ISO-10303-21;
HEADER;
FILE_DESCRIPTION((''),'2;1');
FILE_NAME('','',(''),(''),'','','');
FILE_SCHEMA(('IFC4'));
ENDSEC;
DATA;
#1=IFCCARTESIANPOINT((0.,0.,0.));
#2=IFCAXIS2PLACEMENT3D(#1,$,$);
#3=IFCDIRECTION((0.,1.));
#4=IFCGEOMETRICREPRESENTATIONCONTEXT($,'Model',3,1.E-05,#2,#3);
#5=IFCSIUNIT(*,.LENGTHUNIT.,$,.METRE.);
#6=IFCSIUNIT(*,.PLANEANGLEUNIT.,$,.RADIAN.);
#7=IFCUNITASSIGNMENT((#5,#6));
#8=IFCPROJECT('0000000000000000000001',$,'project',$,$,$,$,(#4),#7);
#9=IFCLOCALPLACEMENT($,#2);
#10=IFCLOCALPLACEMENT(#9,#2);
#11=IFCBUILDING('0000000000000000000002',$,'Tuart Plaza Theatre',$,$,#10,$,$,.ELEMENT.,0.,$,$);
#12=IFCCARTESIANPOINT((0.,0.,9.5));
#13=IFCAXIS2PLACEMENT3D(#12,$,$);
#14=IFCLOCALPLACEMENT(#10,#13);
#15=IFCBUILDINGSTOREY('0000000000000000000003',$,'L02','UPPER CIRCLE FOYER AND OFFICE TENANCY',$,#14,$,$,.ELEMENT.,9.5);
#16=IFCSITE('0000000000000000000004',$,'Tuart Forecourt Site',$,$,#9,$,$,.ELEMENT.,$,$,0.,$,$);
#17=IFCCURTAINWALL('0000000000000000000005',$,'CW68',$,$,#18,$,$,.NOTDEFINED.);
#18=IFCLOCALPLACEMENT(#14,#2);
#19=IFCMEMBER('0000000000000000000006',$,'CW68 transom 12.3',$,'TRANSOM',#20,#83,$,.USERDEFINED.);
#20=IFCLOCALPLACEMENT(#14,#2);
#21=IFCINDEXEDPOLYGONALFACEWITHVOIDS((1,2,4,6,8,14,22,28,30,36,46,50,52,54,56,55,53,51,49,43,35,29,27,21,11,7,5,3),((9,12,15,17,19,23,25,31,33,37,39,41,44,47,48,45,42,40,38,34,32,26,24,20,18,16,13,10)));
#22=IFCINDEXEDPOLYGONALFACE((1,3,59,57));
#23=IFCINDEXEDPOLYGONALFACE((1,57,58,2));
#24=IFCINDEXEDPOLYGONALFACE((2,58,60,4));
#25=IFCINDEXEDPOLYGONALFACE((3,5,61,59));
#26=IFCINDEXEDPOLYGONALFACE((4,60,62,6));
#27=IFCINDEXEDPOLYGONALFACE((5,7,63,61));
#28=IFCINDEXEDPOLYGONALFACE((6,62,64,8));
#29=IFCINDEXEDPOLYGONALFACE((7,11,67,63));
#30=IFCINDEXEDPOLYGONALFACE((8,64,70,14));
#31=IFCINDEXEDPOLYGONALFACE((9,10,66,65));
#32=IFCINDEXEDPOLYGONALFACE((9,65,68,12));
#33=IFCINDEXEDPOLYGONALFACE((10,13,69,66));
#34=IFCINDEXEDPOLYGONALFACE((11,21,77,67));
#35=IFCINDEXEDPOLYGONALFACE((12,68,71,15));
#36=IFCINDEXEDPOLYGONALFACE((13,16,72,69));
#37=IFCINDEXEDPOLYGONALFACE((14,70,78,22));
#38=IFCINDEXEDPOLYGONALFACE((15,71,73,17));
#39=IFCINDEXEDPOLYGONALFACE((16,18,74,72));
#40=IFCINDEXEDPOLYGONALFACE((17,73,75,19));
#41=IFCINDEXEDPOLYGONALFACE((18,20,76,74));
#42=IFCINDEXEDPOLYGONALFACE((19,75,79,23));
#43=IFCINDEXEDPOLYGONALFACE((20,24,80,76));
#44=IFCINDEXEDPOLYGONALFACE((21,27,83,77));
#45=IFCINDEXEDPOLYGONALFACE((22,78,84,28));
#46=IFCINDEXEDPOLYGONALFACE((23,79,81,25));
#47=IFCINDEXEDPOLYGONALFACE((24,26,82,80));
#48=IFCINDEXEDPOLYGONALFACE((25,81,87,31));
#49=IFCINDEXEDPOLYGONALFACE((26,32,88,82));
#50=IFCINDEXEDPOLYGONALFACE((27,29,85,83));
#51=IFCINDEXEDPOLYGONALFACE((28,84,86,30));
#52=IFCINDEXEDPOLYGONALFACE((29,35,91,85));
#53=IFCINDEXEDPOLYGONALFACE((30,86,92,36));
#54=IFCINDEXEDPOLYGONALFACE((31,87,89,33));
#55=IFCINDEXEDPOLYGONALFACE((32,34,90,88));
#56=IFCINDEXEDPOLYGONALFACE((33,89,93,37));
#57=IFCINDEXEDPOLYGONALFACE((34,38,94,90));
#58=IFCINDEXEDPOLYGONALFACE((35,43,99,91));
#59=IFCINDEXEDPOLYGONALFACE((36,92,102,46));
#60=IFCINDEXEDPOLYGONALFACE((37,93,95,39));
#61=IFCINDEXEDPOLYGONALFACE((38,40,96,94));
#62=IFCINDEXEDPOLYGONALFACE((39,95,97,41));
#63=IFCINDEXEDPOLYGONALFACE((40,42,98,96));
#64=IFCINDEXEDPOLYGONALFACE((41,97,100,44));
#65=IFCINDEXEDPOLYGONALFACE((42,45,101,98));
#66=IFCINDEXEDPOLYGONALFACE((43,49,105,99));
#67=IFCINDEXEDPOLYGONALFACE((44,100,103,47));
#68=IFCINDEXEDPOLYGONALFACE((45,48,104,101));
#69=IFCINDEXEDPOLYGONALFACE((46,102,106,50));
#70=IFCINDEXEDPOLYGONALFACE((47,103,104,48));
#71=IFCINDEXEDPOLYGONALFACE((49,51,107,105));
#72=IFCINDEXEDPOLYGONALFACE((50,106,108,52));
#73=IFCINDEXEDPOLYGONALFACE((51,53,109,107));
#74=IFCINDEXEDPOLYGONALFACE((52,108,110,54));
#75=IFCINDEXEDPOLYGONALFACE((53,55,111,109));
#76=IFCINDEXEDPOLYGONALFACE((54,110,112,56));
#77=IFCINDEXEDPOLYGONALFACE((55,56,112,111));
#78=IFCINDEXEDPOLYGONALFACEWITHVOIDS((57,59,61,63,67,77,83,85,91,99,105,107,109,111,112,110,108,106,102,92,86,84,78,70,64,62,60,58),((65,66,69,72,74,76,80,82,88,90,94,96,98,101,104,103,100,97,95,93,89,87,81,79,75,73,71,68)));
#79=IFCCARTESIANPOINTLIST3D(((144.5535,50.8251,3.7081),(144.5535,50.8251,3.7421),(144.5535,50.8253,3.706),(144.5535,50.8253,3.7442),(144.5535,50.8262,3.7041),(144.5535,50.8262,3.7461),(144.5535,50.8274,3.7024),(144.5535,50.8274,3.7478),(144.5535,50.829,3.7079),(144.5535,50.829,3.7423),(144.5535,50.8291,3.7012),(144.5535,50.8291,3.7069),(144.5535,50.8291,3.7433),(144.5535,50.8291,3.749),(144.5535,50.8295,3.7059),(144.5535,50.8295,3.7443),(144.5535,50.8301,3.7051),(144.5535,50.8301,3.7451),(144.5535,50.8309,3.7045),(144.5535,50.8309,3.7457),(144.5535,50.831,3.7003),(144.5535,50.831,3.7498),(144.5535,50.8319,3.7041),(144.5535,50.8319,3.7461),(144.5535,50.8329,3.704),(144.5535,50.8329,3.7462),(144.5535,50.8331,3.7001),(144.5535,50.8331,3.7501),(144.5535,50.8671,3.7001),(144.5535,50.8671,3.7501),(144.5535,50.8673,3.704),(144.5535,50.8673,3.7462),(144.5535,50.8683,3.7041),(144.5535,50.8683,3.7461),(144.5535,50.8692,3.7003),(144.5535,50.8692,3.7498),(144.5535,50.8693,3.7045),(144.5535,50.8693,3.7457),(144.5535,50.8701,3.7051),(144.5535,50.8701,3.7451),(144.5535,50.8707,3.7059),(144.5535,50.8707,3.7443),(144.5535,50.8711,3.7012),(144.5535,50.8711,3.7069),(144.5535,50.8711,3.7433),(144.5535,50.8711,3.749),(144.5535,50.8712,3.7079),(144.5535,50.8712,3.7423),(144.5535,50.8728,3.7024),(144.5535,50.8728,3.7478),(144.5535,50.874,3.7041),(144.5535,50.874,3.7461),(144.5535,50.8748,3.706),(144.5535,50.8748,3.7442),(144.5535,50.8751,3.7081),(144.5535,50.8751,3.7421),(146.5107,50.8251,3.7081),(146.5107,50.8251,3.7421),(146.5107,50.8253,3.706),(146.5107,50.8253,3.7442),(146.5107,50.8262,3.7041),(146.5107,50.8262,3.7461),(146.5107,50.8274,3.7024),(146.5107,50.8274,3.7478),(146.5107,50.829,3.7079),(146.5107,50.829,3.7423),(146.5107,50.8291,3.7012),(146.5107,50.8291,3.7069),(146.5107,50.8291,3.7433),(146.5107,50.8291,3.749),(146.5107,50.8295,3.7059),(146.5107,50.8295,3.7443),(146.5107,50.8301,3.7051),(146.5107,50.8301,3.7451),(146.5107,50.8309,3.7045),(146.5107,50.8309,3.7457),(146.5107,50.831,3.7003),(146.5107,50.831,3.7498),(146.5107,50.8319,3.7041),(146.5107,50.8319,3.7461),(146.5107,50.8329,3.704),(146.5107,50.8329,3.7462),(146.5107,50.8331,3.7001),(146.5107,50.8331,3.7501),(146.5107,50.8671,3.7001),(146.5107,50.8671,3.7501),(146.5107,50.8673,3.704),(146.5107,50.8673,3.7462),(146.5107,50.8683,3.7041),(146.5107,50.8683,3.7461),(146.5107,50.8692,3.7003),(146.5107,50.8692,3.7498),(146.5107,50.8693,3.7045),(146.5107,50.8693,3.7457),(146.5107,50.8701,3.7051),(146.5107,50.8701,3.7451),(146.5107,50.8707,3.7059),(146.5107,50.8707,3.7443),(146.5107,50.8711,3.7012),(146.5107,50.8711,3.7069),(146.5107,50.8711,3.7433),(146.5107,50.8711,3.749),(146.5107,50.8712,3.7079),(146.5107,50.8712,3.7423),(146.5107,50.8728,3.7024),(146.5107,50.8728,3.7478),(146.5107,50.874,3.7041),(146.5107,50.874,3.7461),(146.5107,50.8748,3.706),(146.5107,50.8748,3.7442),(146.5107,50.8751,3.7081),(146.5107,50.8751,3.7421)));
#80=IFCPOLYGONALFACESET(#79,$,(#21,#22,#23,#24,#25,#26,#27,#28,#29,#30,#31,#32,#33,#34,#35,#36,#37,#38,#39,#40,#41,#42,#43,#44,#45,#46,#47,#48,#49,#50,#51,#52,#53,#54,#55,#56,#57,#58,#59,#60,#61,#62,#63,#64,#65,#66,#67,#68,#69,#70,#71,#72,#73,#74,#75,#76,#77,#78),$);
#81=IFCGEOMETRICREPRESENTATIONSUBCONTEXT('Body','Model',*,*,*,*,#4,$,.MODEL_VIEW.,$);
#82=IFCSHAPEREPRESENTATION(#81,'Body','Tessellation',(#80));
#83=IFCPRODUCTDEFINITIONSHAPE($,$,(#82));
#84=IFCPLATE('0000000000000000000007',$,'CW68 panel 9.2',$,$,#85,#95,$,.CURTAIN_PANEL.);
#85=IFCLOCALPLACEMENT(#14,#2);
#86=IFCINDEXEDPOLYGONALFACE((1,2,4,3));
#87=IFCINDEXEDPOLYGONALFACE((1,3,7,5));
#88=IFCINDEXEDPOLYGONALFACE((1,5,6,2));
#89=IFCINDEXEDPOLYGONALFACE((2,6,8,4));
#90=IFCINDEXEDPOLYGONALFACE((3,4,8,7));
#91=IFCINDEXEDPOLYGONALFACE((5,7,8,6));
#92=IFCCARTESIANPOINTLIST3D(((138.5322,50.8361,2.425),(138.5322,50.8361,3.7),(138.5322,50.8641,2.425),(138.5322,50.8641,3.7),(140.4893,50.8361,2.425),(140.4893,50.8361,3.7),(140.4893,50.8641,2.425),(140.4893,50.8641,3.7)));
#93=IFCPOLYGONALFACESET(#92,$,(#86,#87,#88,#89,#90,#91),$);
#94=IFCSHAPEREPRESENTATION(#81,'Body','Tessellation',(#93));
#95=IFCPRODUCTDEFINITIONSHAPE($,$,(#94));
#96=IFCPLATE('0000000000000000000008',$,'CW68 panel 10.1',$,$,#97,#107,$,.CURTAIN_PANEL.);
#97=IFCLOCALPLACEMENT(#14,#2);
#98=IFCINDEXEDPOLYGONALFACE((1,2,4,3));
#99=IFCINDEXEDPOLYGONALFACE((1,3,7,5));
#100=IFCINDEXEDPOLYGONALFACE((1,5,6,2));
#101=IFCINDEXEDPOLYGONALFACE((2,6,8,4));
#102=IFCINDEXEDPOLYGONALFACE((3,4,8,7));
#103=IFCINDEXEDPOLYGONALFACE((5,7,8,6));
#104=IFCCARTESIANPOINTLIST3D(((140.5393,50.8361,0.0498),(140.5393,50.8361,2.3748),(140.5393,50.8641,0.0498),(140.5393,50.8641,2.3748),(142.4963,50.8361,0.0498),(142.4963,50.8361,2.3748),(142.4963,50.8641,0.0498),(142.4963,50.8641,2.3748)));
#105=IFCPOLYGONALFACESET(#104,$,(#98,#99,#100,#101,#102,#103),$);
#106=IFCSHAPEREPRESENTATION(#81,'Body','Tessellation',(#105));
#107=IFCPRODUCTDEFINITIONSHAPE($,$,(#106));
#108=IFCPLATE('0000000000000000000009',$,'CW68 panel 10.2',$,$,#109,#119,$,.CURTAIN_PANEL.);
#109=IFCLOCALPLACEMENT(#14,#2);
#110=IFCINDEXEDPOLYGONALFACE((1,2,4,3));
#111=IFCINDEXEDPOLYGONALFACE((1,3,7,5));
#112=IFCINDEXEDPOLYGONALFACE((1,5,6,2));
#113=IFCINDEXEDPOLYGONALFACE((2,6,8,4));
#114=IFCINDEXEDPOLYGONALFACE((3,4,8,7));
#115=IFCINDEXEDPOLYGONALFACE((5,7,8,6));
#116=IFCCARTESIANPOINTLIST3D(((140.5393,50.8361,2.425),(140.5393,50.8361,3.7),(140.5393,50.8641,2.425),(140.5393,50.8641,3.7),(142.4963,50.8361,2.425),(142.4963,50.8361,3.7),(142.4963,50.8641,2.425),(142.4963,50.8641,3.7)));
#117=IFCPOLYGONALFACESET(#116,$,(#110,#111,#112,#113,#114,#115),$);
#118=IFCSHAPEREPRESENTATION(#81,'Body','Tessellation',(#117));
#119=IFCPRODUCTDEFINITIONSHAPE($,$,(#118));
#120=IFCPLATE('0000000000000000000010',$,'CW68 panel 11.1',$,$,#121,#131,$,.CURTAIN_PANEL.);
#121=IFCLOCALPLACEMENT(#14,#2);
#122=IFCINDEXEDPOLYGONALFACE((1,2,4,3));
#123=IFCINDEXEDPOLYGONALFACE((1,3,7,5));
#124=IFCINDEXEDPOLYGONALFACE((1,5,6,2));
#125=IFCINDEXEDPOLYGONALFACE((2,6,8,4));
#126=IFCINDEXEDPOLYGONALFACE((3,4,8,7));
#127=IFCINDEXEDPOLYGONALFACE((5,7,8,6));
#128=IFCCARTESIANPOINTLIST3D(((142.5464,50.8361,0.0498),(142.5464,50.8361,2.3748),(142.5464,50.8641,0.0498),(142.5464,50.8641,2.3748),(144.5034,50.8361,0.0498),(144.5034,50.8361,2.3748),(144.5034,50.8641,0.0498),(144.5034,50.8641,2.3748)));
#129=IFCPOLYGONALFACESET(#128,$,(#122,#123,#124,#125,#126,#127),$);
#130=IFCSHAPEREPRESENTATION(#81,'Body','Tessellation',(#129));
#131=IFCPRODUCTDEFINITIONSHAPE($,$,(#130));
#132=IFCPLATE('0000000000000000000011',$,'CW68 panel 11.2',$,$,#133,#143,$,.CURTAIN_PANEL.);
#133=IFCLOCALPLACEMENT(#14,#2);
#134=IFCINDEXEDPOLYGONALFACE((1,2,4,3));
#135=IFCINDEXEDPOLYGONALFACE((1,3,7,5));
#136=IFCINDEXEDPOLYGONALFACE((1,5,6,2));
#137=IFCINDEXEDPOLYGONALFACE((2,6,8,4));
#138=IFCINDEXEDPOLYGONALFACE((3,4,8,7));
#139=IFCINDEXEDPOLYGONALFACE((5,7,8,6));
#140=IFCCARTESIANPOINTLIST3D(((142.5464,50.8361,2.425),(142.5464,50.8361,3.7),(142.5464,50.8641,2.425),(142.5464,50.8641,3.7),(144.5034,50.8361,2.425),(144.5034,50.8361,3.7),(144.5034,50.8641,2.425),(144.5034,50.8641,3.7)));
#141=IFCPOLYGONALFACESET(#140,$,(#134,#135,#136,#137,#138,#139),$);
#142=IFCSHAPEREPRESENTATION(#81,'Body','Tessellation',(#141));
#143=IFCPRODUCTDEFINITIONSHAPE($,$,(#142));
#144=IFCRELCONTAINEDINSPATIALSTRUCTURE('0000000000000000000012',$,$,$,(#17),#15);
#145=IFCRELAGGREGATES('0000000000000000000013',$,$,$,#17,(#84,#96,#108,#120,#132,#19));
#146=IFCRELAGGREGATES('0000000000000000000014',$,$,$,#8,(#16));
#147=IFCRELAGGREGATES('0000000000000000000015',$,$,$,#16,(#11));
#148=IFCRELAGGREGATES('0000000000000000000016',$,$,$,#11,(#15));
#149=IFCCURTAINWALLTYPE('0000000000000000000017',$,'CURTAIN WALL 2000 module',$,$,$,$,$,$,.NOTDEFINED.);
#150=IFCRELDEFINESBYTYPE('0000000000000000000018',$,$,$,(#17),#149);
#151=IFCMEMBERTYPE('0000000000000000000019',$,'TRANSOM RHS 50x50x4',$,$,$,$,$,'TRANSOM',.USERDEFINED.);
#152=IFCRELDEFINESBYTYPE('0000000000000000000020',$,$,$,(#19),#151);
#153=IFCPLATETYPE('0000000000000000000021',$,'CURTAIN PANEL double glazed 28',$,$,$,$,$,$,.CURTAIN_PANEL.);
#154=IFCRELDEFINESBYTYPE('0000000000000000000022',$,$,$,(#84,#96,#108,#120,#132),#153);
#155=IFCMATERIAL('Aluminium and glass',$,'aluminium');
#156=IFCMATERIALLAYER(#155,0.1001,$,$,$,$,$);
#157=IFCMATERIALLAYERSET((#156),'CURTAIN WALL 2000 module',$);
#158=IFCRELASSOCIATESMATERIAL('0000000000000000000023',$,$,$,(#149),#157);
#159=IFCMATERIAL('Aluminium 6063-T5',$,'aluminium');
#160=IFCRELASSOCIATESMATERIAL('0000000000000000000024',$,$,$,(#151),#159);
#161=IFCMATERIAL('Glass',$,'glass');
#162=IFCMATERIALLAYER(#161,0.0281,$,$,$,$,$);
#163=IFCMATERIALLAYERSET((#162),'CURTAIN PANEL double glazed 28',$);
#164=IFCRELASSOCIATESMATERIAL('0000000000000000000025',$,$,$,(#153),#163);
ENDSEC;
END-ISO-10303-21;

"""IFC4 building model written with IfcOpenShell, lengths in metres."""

from ifc_helpers import new_model, si_unit, direction, frame, origin, origin_2d, place, context, subcontext, project, spatial, rectangle, hollow_rectangle, extrude, material, layer, layer_set, material_profile, profile_set, type_object, element, aggregate, save


model = new_model("IFC4")

# Units and contexts
model_context = context("Model", 3, precision=1e-05, world=origin(), true_north=direction((0.0, 1.0)))
body_context = subcontext(model_context, "Body", "Model", "MODEL_VIEW")
ifc_project = project(units=[si_unit("LENGTHUNIT", "METRE"), si_unit("PLANEANGLEUNIT", "RADIAN")], contexts=[model_context])

# Site, building, storey
site_placement = place(None, origin())
site = spatial("IfcSite", under=ifc_project, at=site_placement, Name="Tuart Forecourt Site", CompositionType="ELEMENT", RefElevation=0.0)
building_placement = place(site_placement, origin())
building = spatial("IfcBuilding", under=site, at=building_placement, Name="Tuart Plaza Theatre", CompositionType="ELEMENT", ElevationOfRefHeight=0.0)
storey_placement = place(building_placement, frame((0.0, 0.0, 9.5)))
storey = spatial("IfcBuildingStorey", under=building, at=storey_placement, Name="L02", Description="UPPER CIRCLE FOYER AND OFFICE TENANCY", CompositionType="ELEMENT", Elevation=9.5)

# Curtain wall, member, plates
ifc_material_1 = material(Name="Aluminium and glass", Category="aluminium")
ifc_layer_1 = layer(ifc_material_1, 0.1001)
ifc_layer_set_1 = layer_set([ifc_layer_1], Name="CURTAIN WALL 2000 module")
curtain_wall_type = type_object("IfcCurtainWallType", Name="CURTAIN WALL 2000 module", PredefinedType="NOTDEFINED", material=ifc_layer_set_1)
curtain_wall_placement = place(storey_placement, origin())
curtain_wall = element("IfcCurtainWall", 1, at=curtain_wall_placement, inside=storey, type_object=curtain_wall_type, Name="CW68", PredefinedType="NOTDEFINED")
ifc_material_2 = material(Name="Aluminium 6063-T5", Category="aluminium")
ifc_material_profile_1 = material_profile(ifc_material_2, hollow_rectangle(XDim=0.05, YDim=0.05, WallThickness=0.0039, InnerFilletRadius=0.0039, OuterFilletRadius=0.0081, at=origin_2d()), Name="RHS 50x50x4")
ifc_profile_set_1 = profile_set([ifc_material_profile_1], Name="Aluminium 6063-T5")
member_type_1 = type_object("IfcMemberType", Name="TRANSOM RHS 50x50x4", ElementType="TRANSOM", PredefinedType="USERDEFINED", material=ifc_profile_set_1)
member_1_placement = place(storey_placement, frame((144.5535, 50.8501, 3.7251), z_axis=(1.0, 0.0, 0.0), x_axis=(0.0, 1.0, 0.0)))
member_1 = element("IfcMember", 2, at=member_1_placement, type_object=member_type_1, Name="CW68 transom 12.3", ObjectType="TRANSOM", PredefinedType="USERDEFINED", context=body_context, shape_type="SweptSolid", body=[
    extrude(hollow_rectangle(XDim=0.05, YDim=0.05, WallThickness=0.0039, InnerFilletRadius=0.0039, OuterFilletRadius=0.0081, at=origin_2d()), origin(), (0.0, 0.0, 1.0), 1.9573),
])
ifc_material_3 = material(Name="Glass", Category="glass")
ifc_layer_2 = layer(ifc_material_3, 0.0281)
ifc_layer_set_2 = layer_set([ifc_layer_2], Name="CURTAIN PANEL double glazed 28")
plate_type = type_object("IfcPlateType", Name="CURTAIN PANEL double glazed 28", PredefinedType="CURTAIN_PANEL", material=ifc_layer_set_2)
plate_1_placement = place(storey_placement, frame((139.5107, 50.8501, 2.425), z_axis=(0.0, 0.0, 1.0), x_axis=(1.0, 0.0, 0.0)))
plate_1 = element("IfcPlate", 3, at=plate_1_placement, type_object=plate_type, Name="CW68 panel 9.2", PredefinedType="CURTAIN_PANEL", context=body_context, shape_type="SweptSolid", body=[
    extrude(rectangle(XDim=1.957, YDim=0.0281, at=origin_2d()), origin(), (0.0, 0.0, 1.0), 1.2749),
])
plate_2_placement = place(storey_placement, frame((141.5178, 50.8501, 0.0498), z_axis=(0.0, 0.0, 1.0), x_axis=(1.0, 0.0, 0.0)))
plate_2 = element("IfcPlate", 4, at=plate_2_placement, type_object=plate_type, Name="CW68 panel 10.1", PredefinedType="CURTAIN_PANEL", context=body_context, shape_type="SweptSolid", body=[
    extrude(rectangle(XDim=1.957, YDim=0.0281, at=origin_2d()), origin(), (0.0, 0.0, 1.0), 2.325),
])
plate_3_placement = place(storey_placement, frame((141.5178, 50.8501, 2.425), z_axis=(0.0, 0.0, 1.0), x_axis=(1.0, 0.0, 0.0)))
plate_3 = element("IfcPlate", 5, at=plate_3_placement, type_object=plate_type, Name="CW68 panel 10.2", PredefinedType="CURTAIN_PANEL", context=body_context, shape_type="SweptSolid", body=[
    extrude(rectangle(XDim=1.957, YDim=0.0281, at=origin_2d()), origin(), (0.0, 0.0, 1.0), 1.2749),
])
plate_4_placement = place(storey_placement, frame((143.5249, 50.8501, 0.0498), z_axis=(0.0, 0.0, 1.0), x_axis=(1.0, 0.0, 0.0)))
plate_4 = element("IfcPlate", 6, at=plate_4_placement, type_object=plate_type, Name="CW68 panel 11.1", PredefinedType="CURTAIN_PANEL", context=body_context, shape_type="SweptSolid", body=[
    extrude(rectangle(XDim=1.957, YDim=0.0281, at=origin_2d()), origin(), (0.0, 0.0, 1.0), 2.325),
])
plate_5_placement = place(storey_placement, frame((143.5249, 50.8501, 2.425), z_axis=(0.0, 0.0, 1.0), x_axis=(1.0, 0.0, 0.0)))
plate_5 = element("IfcPlate", 7, at=plate_5_placement, type_object=plate_type, Name="CW68 panel 11.2", PredefinedType="CURTAIN_PANEL", context=body_context, shape_type="SweptSolid", body=[
    extrude(rectangle(XDim=1.957, YDim=0.0281, at=origin_2d()), origin(), (0.0, 0.0, 1.0), 1.2749),
])
aggregate(curtain_wall, [plate_1, plate_2, plate_3, plate_4, plate_5, member_1])

save(model, "model.ifc")
